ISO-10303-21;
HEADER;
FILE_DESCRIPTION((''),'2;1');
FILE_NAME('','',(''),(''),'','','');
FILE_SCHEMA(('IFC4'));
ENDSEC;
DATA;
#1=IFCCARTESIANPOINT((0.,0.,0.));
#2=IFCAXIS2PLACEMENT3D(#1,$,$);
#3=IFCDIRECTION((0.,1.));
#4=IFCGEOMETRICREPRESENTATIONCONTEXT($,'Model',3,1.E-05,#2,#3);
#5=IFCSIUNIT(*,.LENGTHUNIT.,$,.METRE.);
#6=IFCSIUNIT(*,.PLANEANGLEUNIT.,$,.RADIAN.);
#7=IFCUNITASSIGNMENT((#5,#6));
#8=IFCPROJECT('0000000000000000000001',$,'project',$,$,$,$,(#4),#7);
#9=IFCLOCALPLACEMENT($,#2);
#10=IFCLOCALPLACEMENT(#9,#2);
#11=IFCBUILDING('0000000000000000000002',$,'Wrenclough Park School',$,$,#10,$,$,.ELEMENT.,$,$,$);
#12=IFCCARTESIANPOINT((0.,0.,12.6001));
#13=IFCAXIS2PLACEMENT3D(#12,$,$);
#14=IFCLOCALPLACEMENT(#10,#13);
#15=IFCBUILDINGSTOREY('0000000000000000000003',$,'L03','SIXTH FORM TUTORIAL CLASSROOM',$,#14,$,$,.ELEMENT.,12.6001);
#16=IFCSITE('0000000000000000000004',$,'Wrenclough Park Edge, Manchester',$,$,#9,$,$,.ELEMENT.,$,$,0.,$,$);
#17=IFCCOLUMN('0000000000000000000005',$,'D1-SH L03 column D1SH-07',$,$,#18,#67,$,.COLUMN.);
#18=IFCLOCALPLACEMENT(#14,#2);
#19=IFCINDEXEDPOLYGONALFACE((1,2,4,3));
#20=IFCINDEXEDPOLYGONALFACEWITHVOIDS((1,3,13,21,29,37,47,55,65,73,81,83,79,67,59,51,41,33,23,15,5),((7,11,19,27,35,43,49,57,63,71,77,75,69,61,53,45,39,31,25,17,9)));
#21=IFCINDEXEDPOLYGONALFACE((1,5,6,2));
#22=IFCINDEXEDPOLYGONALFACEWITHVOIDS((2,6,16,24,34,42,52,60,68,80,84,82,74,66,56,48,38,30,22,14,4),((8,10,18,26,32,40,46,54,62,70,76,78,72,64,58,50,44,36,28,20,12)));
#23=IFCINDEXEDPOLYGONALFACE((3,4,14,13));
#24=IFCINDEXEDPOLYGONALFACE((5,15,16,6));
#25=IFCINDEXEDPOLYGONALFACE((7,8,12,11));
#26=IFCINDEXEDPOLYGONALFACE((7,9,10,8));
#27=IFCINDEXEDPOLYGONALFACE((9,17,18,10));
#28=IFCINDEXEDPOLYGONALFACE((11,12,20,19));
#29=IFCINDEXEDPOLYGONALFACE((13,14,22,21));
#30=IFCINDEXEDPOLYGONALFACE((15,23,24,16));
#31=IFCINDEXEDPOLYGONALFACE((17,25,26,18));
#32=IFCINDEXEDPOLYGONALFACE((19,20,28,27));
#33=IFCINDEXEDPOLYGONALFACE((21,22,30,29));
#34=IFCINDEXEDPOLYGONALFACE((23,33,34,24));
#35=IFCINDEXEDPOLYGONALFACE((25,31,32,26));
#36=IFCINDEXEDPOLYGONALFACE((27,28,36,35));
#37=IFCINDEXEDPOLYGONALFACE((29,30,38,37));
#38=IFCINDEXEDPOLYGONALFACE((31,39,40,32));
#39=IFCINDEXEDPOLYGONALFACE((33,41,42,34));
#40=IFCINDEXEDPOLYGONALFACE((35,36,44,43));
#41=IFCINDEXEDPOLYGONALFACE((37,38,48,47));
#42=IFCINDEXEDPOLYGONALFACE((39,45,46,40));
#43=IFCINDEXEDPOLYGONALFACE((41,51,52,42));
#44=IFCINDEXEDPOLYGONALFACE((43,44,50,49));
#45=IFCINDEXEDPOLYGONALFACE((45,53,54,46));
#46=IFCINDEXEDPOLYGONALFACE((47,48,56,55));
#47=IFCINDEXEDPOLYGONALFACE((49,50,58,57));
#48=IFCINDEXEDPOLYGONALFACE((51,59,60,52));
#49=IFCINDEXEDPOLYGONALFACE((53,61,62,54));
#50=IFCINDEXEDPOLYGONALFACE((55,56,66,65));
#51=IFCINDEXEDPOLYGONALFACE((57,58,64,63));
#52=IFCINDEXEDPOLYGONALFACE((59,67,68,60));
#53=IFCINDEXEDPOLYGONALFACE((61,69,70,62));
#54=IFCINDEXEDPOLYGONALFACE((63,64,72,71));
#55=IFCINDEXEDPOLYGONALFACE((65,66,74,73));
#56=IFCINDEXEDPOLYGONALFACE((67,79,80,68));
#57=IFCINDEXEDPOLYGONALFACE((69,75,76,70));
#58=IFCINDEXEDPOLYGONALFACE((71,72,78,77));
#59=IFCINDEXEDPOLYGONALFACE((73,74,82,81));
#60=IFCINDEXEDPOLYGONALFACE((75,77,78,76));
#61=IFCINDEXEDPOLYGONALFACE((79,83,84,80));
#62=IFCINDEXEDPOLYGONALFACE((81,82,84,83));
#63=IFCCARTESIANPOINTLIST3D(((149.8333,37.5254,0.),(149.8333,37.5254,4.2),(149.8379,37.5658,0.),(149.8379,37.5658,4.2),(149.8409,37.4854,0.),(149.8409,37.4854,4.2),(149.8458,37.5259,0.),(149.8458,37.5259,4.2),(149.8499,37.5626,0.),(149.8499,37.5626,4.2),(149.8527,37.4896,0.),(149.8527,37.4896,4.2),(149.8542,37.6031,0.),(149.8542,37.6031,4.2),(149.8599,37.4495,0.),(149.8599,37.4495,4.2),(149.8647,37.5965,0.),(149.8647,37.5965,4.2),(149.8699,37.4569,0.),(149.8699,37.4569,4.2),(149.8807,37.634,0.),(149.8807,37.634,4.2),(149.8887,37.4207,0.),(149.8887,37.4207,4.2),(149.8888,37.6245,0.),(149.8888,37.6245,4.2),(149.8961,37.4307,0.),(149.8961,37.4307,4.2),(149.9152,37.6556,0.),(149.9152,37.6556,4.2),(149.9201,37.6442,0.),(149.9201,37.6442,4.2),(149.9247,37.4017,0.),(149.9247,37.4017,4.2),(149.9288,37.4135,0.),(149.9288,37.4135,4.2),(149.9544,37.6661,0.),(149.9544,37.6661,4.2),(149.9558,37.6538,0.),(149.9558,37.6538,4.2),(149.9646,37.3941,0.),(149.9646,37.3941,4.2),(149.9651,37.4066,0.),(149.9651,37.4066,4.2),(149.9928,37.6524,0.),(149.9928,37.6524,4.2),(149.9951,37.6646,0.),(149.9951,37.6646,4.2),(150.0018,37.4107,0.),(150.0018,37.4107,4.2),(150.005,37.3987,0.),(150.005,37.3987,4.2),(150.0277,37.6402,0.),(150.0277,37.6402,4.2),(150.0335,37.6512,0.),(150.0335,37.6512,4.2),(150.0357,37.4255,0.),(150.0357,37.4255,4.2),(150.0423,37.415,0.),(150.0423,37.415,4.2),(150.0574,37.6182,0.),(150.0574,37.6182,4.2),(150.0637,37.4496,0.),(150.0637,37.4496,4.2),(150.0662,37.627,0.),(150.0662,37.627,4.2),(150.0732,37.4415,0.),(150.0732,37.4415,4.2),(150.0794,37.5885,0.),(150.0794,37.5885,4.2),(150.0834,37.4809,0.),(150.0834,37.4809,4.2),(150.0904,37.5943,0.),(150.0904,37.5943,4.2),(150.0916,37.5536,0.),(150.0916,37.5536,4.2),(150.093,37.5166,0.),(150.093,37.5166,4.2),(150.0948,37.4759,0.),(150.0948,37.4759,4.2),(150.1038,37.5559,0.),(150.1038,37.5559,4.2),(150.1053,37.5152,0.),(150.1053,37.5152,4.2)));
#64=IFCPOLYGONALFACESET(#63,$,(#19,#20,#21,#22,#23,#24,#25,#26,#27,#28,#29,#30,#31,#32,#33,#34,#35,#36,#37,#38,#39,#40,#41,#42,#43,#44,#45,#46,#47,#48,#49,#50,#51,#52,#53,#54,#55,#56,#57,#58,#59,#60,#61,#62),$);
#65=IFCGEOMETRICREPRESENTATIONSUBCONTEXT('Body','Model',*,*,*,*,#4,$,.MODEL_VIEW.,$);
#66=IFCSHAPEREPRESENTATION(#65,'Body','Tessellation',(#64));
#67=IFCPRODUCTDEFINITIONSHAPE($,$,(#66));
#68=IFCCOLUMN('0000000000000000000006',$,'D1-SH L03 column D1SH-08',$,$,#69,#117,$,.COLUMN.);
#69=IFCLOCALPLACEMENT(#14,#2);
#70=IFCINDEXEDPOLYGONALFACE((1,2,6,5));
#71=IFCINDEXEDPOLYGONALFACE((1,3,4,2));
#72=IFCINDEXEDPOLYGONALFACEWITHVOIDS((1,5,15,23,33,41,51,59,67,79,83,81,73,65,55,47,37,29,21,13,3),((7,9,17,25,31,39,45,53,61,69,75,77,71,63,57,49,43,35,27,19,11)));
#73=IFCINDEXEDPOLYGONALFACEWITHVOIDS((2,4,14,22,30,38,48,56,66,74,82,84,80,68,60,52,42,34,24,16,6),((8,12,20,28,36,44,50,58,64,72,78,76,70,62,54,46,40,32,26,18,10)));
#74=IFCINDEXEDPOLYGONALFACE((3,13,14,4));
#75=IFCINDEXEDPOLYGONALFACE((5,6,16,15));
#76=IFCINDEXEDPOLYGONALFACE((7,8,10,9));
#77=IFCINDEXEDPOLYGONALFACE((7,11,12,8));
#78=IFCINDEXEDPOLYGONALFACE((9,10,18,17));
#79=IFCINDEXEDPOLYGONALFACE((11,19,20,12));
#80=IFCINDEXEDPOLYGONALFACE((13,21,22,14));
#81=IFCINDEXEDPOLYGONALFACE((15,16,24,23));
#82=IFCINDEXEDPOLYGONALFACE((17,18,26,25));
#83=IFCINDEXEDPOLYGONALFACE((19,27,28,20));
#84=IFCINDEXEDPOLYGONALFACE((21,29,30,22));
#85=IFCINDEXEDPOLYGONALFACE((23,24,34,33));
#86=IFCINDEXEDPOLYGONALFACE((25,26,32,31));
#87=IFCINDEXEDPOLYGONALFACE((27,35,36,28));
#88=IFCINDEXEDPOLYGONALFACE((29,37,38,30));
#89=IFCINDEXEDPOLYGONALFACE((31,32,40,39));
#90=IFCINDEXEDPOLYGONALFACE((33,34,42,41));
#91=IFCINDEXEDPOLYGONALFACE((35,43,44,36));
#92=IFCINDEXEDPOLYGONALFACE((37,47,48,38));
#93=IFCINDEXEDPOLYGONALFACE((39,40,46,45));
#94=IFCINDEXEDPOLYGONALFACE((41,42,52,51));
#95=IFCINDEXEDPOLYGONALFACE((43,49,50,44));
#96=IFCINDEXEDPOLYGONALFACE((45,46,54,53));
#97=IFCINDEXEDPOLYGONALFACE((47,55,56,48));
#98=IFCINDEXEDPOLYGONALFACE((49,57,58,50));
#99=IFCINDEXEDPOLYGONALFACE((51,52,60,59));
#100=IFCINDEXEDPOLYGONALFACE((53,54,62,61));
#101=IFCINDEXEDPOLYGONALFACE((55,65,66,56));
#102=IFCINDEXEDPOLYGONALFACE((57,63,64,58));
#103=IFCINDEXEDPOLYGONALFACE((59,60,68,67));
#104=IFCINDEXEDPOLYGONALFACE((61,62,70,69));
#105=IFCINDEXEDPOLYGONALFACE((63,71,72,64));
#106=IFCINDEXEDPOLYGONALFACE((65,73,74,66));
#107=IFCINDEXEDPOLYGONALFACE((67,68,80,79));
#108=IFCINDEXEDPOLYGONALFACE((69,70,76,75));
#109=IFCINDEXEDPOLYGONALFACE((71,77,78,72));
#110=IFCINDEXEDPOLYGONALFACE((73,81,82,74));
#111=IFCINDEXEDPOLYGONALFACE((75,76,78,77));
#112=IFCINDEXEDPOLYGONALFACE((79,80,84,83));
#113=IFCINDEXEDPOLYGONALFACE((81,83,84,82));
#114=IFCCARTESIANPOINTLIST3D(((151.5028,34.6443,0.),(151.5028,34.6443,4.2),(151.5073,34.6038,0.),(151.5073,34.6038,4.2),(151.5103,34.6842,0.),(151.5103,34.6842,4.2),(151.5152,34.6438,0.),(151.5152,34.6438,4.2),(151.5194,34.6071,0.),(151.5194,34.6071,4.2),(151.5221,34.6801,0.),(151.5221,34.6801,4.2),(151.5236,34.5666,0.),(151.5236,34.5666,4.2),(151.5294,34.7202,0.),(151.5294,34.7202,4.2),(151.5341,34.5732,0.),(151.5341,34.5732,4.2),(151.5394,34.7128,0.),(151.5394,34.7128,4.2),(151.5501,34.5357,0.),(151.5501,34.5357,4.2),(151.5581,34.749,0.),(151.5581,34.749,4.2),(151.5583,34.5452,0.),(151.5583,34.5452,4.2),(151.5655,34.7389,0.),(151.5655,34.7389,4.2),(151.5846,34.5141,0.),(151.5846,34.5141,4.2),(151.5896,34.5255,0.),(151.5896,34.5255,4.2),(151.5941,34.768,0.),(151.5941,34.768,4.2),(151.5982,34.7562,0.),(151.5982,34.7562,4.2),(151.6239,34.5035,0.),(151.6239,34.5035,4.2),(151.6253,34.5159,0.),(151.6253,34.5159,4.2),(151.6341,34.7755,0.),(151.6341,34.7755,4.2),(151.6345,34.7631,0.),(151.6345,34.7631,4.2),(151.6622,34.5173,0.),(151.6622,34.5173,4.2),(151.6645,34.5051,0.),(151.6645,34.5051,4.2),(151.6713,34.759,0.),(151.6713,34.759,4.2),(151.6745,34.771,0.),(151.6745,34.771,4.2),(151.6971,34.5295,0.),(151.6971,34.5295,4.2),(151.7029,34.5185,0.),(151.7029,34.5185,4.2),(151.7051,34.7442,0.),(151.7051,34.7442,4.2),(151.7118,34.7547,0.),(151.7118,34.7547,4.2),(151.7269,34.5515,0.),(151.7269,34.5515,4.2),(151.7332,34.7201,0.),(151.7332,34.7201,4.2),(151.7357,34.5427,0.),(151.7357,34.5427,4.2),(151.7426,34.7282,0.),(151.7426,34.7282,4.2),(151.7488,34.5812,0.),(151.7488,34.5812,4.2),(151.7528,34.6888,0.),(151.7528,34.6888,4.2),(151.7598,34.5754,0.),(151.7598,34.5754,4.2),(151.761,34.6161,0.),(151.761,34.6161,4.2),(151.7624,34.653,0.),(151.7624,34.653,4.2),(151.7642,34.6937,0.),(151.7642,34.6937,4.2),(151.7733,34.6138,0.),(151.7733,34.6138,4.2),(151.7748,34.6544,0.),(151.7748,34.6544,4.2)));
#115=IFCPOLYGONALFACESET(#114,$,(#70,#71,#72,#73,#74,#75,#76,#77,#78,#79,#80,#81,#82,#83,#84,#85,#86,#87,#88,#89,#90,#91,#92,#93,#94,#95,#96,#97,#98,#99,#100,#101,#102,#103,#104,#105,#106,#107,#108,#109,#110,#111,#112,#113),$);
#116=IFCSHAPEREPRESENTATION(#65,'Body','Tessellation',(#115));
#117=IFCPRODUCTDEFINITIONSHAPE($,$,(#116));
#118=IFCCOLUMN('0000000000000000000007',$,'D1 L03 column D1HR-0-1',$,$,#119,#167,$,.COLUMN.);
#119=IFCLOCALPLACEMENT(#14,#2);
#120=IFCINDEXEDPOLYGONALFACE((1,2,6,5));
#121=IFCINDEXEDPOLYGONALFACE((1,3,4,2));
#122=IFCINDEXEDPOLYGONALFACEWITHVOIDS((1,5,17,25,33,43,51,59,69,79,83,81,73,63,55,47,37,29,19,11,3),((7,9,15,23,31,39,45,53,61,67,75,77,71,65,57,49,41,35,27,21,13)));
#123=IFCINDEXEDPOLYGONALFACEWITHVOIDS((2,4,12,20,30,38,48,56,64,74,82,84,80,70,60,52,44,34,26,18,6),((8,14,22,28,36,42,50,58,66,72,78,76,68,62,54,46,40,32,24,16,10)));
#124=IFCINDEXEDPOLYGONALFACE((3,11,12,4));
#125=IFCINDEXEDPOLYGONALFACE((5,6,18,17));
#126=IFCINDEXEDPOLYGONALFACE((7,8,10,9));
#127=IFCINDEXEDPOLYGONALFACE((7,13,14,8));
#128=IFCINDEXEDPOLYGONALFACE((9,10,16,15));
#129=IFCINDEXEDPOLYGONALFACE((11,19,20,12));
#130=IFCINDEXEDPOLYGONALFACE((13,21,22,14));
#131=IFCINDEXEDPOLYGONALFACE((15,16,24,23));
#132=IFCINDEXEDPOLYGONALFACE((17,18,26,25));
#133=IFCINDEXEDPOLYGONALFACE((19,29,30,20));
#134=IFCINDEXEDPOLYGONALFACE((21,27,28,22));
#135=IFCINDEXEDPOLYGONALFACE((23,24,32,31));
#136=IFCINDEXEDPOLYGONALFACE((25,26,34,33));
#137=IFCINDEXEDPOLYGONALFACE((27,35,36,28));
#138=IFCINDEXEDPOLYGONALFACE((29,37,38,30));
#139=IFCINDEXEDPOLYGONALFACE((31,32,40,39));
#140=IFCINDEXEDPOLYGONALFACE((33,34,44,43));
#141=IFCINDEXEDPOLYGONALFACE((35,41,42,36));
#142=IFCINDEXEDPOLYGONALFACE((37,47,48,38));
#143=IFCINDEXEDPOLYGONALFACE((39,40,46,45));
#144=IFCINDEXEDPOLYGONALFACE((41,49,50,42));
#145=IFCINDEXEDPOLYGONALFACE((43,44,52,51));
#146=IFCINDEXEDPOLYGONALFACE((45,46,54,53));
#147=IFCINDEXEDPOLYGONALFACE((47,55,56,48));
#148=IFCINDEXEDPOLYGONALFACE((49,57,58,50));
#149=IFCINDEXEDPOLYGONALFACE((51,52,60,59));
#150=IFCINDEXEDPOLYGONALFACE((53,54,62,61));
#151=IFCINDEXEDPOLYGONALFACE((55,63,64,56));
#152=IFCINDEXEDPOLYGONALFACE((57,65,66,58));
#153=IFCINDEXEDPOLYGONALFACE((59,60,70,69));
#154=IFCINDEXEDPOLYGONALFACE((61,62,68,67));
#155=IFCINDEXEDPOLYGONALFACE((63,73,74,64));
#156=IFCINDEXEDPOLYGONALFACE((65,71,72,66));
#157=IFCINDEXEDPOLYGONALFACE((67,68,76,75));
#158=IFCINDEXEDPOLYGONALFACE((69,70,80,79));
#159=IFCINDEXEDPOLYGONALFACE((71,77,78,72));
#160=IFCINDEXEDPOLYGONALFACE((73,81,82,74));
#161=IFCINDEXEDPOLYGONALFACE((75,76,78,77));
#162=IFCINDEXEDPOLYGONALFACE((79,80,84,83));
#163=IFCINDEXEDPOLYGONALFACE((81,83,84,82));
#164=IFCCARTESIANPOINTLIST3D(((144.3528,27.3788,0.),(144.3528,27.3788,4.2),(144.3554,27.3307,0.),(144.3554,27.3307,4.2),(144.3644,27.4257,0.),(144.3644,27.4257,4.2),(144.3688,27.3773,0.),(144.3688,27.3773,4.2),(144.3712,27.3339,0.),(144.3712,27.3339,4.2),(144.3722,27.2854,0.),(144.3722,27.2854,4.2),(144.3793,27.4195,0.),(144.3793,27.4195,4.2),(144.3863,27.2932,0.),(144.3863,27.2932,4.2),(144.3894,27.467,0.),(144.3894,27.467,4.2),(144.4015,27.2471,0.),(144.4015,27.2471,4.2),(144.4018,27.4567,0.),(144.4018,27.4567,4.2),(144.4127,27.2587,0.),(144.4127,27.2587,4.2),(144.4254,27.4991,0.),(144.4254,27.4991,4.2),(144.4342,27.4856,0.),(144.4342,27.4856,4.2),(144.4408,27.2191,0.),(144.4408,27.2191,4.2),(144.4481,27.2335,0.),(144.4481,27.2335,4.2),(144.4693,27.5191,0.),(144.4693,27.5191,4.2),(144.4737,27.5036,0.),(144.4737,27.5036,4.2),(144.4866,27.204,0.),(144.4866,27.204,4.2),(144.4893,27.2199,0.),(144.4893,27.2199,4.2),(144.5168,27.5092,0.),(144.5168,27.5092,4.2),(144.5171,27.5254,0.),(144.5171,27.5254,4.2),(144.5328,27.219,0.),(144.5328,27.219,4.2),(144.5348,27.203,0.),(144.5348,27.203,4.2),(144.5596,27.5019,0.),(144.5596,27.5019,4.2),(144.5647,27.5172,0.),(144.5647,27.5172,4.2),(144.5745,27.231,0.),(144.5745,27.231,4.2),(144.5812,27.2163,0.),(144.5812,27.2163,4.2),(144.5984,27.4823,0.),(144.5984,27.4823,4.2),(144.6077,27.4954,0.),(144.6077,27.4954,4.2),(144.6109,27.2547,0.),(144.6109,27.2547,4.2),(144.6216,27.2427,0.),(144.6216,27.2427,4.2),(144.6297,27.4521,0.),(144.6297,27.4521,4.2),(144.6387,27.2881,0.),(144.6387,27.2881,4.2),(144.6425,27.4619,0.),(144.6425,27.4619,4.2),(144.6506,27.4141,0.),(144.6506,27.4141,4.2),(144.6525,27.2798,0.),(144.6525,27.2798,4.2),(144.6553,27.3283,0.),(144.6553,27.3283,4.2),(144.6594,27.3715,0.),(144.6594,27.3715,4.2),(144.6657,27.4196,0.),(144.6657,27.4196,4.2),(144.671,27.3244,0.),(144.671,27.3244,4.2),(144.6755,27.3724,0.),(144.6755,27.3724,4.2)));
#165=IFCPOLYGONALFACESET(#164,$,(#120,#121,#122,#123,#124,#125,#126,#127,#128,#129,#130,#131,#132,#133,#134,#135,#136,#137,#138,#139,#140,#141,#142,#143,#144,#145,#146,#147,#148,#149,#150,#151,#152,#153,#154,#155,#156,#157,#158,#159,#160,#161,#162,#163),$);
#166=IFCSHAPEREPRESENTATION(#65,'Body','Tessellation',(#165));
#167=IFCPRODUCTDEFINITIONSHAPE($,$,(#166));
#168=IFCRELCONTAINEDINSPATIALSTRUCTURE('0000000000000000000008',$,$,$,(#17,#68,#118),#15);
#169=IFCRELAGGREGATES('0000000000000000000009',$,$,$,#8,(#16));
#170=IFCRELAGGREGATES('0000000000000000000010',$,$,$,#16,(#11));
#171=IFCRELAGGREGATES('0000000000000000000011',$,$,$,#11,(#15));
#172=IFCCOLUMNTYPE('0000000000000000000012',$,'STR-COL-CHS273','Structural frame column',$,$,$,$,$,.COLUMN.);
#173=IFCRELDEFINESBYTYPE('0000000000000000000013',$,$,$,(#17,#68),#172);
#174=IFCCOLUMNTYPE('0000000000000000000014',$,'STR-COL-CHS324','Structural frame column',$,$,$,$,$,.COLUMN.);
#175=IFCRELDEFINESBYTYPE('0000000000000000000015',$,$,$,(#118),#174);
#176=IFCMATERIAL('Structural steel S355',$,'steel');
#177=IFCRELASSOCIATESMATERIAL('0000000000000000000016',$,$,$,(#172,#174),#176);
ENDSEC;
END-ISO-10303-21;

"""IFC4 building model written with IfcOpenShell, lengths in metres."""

from ifc_helpers import new_model, si_unit, direction, frame, origin, origin_2d, place, context, subcontext, project, spatial, hollow_circle, extrude, material, material_profile, profile_set, type_object, element, save


model = new_model("IFC4")

# Units and contexts
model_context = context("Model", 3, precision=1e-05, world=origin(), true_north=direction((0.0, 1.0)))
body_context = subcontext(model_context, "Body", "Model", "MODEL_VIEW")
ifc_project = project(units=[si_unit("LENGTHUNIT", "METRE"), si_unit("PLANEANGLEUNIT", "RADIAN")], contexts=[model_context])

# Site, building, storey
site_placement = place(None, origin())
site = spatial("IfcSite", under=ifc_project, at=site_placement, Name="Wrenclough Park Edge, Manchester", CompositionType="ELEMENT", RefElevation=0.0)
building_placement = place(site_placement, origin())
building = spatial("IfcBuilding", under=site, at=building_placement, Name="Wrenclough Park School", CompositionType="ELEMENT")
storey_placement = place(building_placement, frame((0.0, 0.0, 12.6001)))
storey = spatial("IfcBuildingStorey", under=building, at=storey_placement, Name="L03", Description="SIXTH FORM TUTORIAL CLASSROOM", CompositionType="ELEMENT", Elevation=12.6001)

# Columns
ifc_material_1 = material(Name="Structural steel S355", Category="steel")
ifc_material_profile_1 = material_profile(ifc_material_1, hollow_circle(Radius=0.1365, WallThickness=0.0125, at=origin_2d()), Name="CHS 273.0x12.5")
ifc_profile_set_1 = profile_set([ifc_material_profile_1], Name="Structural steel S355")
column_type_1 = type_object("IfcColumnType", Name="STR-COL-CHS273", Description="Structural frame column", PredefinedType="COLUMN", material=ifc_profile_set_1)
for number, where, z_axis, x_axis, name in (
    (1, (149.9697, 37.5305, 0.0), (0.0, 0.0, 1.0), (0.258819, -0.965926, 0.0), "D1-SH L03 column D1SH-07"),
    (2, (151.6392, 34.6392, 0.0), (0.0, 0.0, 1.0), (0.707107, -0.707107, 0.0), "D1-SH L03 column D1SH-08"),
):
    element("IfcColumn", number, at=place(storey_placement, frame(where, z_axis=z_axis, x_axis=x_axis)), inside=storey, type_object=column_type_1, Name=name, PredefinedType="COLUMN", context=body_context, shape_type="SweptSolid", body=[
        extrude(hollow_circle(Radius=0.1365, WallThickness=0.0125, at=origin_2d()), origin(), (0.0, 0.0, 1.0), 4.2),
    ])
ifc_material_profile_2 = material_profile(ifc_material_1, hollow_circle(Radius=0.1619, WallThickness=0.0161, at=origin_2d()), Name="CHS 323.9x16.0")
ifc_profile_set_2 = profile_set([ifc_material_profile_2], Name="Structural steel S355")
column_type_2 = type_object("IfcColumnType", Name="STR-COL-CHS324", Description="Structural frame column", PredefinedType="COLUMN", material=ifc_profile_set_2)
for number, where, z_axis, x_axis, name in (
    (3, (144.5139, 27.3635, 0.0), (0.0, 0.0, 1.0), (0.970296, -0.241922, 0.0), "D1 L03 column D1HR-0-1"),
):
    element("IfcColumn", number, at=place(storey_placement, frame(where, z_axis=z_axis, x_axis=x_axis)), inside=storey, type_object=column_type_2, Name=name, PredefinedType="COLUMN", context=body_context, shape_type="SweptSolid", body=[
        extrude(hollow_circle(Radius=0.1619, WallThickness=0.0161, at=origin_2d()), origin(), (0.0, 0.0, 1.0), 4.2),
    ])

save(model, "model.ifc")
